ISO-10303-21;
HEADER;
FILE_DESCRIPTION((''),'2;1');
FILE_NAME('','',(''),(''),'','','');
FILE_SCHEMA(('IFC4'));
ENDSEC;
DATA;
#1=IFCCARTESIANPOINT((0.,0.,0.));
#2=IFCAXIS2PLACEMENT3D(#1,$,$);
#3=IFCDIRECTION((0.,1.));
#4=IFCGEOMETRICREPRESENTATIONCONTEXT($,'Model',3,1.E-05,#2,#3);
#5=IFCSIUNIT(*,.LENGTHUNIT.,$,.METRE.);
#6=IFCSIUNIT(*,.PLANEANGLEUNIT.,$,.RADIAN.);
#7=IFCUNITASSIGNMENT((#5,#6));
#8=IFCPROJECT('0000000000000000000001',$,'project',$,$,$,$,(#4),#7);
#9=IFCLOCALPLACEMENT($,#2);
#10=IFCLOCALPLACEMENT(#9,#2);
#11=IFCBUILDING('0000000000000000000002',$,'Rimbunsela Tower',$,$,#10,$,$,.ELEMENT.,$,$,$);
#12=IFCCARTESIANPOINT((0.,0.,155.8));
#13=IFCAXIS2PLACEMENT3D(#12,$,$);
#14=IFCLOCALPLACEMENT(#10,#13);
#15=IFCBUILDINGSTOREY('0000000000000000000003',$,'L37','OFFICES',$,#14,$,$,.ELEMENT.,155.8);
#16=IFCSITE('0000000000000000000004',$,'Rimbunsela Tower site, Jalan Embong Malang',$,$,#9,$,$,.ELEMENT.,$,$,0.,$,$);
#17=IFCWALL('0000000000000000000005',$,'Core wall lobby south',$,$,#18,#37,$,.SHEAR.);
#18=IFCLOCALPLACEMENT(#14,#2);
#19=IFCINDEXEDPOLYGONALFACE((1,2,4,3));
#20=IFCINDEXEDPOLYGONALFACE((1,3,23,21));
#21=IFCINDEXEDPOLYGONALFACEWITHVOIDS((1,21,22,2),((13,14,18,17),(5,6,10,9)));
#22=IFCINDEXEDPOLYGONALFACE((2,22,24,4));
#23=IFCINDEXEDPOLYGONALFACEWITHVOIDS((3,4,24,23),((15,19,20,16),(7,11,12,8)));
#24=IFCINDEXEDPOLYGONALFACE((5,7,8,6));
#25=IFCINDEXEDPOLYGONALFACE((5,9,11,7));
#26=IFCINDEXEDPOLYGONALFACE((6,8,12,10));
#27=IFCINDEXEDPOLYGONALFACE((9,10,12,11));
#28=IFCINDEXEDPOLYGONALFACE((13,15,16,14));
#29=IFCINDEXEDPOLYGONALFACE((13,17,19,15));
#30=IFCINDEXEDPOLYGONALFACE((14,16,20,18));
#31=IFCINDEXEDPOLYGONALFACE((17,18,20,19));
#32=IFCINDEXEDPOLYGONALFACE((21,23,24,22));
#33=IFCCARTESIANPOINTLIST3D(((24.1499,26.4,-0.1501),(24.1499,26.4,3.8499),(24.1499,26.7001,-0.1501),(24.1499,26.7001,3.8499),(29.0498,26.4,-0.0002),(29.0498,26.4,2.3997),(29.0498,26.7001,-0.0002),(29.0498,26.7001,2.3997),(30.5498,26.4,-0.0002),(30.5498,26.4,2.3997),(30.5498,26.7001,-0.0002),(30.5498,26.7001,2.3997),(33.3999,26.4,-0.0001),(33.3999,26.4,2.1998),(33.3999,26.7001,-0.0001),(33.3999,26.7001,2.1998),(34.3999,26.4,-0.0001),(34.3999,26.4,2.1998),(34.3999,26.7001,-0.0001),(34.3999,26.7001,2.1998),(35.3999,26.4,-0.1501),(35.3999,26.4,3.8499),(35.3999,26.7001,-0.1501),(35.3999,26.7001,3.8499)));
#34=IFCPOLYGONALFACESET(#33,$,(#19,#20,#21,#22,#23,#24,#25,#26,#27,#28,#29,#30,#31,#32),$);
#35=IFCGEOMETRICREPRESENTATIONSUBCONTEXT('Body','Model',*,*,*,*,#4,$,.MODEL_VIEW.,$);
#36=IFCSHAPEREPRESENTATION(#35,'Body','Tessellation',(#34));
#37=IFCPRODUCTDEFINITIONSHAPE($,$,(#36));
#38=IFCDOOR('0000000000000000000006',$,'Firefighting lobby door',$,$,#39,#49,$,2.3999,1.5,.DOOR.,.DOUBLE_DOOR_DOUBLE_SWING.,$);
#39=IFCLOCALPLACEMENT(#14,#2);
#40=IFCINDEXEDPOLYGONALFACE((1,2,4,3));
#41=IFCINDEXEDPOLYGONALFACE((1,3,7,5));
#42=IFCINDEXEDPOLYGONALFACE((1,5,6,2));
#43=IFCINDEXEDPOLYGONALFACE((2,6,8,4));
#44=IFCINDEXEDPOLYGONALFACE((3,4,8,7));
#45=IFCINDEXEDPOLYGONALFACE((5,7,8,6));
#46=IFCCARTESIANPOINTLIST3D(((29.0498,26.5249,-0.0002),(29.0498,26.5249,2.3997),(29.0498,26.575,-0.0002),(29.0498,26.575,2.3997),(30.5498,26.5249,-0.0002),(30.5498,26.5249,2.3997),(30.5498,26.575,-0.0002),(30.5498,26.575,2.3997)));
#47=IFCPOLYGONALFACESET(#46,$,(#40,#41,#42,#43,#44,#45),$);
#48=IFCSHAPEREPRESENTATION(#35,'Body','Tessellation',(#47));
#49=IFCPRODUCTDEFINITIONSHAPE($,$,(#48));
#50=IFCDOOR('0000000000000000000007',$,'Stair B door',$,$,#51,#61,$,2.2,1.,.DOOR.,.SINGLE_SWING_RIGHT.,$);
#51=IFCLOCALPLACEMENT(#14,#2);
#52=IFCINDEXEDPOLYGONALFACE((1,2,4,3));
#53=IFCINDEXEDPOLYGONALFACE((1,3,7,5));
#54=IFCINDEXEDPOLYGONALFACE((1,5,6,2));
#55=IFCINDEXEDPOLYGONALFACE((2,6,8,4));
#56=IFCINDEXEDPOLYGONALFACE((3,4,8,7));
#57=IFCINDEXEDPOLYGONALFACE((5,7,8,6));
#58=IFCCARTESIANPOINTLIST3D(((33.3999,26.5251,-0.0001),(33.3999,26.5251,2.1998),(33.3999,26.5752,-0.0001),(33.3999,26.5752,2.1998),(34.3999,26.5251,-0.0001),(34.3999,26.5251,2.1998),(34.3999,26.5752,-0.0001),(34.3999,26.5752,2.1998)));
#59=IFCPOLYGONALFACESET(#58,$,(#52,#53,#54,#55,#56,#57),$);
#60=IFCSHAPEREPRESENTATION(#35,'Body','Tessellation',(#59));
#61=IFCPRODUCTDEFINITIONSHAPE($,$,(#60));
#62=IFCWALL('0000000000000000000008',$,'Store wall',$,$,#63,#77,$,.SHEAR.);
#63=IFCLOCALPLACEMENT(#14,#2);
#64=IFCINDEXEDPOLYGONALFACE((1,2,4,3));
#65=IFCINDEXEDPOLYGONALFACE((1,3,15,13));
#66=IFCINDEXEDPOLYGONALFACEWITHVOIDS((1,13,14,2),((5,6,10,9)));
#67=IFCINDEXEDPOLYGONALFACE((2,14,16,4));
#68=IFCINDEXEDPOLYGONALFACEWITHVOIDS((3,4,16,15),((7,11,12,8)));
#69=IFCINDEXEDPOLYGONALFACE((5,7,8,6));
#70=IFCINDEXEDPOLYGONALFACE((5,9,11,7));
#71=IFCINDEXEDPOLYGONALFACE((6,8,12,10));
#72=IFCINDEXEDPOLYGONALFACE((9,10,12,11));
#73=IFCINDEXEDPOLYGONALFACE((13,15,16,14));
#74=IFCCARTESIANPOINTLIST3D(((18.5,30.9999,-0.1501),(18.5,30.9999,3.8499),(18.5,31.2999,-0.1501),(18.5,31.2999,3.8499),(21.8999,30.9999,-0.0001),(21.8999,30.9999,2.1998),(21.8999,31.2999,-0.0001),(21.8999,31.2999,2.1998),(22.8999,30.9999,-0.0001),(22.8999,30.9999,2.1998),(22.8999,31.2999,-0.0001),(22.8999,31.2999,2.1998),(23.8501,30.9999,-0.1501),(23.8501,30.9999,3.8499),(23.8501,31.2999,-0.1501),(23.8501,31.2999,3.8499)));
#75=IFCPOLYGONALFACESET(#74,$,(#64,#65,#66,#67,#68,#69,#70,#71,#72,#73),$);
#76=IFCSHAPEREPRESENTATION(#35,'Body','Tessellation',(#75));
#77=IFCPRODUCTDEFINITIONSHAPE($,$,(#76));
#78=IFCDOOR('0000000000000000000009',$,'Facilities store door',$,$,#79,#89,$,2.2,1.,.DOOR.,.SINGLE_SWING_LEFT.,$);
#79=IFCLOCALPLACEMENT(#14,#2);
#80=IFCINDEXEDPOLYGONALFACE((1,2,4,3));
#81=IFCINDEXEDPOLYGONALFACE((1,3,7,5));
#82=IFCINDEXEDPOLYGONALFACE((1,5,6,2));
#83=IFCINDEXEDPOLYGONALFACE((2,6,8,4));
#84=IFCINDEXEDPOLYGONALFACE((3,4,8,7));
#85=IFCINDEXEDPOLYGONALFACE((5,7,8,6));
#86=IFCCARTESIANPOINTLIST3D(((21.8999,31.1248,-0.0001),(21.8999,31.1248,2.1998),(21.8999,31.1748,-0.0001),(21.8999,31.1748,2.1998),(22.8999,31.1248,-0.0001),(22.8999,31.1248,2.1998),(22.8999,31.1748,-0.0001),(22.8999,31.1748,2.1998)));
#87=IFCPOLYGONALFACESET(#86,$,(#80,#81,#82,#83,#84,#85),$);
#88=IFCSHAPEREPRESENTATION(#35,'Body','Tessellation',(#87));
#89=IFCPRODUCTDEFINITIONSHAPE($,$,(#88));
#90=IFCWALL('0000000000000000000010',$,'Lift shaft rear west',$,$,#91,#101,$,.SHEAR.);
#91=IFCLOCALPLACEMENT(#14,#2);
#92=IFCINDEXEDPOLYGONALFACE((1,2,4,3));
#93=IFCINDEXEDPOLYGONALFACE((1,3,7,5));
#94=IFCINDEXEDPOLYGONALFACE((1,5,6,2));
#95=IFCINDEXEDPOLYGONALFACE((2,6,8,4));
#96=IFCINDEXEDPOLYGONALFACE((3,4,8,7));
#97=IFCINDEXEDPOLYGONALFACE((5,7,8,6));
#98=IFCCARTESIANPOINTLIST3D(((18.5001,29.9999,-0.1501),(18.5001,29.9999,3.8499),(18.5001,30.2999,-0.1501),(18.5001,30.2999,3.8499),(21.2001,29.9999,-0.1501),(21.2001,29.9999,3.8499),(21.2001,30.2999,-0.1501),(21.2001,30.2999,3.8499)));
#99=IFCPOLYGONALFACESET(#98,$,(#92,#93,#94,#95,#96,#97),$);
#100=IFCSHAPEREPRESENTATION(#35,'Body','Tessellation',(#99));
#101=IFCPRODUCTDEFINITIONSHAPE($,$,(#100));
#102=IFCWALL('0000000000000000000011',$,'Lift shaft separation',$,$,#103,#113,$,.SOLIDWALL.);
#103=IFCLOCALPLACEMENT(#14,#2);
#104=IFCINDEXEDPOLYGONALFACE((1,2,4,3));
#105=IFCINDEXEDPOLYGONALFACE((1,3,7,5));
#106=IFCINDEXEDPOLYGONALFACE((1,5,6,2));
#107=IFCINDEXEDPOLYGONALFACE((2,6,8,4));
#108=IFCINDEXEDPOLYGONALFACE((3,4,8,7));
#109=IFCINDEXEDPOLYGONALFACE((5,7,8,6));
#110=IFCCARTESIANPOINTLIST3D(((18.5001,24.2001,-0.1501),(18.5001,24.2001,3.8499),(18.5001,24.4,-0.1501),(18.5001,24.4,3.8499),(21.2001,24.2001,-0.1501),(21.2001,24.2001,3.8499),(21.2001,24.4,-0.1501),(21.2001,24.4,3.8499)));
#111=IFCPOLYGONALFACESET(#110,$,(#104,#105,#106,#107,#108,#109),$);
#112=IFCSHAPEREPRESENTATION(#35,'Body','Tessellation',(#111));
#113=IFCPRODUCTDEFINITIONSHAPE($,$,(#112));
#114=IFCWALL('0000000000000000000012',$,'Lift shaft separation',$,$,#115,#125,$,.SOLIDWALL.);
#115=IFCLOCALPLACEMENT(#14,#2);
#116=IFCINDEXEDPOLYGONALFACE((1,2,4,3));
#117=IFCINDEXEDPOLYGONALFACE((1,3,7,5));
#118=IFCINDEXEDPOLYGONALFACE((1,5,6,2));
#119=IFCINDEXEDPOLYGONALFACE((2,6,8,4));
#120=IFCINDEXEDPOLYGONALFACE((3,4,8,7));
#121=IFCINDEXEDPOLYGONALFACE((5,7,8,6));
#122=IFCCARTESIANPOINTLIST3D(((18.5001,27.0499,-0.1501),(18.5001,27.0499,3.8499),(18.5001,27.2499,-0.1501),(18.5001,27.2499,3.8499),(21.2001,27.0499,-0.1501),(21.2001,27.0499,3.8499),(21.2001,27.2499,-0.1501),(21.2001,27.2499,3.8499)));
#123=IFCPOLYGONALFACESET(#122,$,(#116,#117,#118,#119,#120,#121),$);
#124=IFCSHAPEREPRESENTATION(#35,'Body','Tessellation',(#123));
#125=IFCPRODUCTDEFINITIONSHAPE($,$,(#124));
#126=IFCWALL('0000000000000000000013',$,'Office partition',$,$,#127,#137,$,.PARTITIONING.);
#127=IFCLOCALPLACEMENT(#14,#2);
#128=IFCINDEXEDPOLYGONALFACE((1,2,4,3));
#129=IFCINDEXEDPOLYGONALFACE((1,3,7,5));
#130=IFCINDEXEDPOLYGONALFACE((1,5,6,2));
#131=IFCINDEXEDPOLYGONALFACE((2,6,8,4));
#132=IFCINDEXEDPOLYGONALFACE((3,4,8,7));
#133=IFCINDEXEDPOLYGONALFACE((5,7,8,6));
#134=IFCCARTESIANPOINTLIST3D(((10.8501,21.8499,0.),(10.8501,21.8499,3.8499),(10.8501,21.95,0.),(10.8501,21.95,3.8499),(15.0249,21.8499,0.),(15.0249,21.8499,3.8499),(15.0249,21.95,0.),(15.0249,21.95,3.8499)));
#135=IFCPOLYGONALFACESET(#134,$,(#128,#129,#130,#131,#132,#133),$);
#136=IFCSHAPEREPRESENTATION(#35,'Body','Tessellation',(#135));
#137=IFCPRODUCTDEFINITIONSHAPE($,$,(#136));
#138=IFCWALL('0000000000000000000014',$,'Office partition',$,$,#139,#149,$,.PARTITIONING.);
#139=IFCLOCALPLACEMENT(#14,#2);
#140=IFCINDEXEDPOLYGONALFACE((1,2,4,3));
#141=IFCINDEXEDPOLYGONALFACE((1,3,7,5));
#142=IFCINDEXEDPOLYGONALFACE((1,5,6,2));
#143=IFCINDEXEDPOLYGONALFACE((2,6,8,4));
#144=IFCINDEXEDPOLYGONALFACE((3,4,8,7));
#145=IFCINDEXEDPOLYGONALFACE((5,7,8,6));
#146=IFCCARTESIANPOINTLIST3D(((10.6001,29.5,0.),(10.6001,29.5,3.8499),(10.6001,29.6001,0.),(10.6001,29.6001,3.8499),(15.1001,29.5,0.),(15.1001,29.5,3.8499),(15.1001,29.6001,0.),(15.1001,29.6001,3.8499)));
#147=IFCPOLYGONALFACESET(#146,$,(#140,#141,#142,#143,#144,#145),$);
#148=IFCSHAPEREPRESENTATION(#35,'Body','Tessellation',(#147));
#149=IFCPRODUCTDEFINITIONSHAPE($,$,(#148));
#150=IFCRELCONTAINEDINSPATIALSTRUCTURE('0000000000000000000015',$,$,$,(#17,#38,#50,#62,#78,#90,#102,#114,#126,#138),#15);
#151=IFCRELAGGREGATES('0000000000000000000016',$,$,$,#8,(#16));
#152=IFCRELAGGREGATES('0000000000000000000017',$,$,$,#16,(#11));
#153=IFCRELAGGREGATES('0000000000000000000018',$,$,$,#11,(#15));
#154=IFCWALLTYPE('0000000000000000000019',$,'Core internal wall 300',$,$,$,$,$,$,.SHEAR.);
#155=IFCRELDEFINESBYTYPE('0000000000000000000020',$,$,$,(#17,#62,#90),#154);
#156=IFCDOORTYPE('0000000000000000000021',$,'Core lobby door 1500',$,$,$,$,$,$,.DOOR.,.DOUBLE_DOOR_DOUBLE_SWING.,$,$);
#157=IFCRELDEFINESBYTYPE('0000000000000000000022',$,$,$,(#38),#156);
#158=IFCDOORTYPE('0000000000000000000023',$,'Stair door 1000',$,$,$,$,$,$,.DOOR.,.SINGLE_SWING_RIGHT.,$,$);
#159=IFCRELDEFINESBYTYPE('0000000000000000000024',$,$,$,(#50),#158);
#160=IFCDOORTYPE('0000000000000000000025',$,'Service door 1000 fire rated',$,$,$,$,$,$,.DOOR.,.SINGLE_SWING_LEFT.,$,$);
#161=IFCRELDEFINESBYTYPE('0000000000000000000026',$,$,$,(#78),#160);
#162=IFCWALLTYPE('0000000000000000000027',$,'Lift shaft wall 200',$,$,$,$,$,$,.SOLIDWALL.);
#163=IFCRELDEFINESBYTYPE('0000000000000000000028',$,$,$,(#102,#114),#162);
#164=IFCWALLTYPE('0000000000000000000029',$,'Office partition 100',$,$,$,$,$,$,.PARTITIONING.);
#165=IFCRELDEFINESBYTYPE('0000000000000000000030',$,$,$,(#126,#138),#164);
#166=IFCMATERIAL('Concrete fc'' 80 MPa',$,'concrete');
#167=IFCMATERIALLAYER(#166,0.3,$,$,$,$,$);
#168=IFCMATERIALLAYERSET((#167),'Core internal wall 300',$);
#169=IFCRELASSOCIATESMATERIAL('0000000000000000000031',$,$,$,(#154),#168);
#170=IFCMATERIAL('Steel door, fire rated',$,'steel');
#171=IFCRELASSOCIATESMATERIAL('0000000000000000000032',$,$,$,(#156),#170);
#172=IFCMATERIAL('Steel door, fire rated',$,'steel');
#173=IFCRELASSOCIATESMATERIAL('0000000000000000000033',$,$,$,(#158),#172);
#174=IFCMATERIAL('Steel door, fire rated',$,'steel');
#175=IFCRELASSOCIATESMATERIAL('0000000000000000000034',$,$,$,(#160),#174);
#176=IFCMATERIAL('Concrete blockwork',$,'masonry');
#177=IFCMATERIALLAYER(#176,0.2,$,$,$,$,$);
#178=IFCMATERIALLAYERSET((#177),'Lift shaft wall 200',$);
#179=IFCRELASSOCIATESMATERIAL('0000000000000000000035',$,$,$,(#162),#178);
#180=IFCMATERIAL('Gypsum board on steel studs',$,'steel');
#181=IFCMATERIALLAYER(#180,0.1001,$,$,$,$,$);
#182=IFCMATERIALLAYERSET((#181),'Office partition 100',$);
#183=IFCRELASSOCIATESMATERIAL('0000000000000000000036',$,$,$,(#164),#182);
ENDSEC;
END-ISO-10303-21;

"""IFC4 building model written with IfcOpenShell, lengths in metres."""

from ifc_helpers import new_model, si_unit, direction, frame, frame_2d, origin, place, context, subcontext, project, spatial, rectangle, extrude, material, layer, layer_set, type_object, element, fill, save


model = new_model("IFC4")

# Units and contexts
model_context = context("Model", 3, precision=1e-05, world=origin(), true_north=direction((0.0, 1.0)))
body_context = subcontext(model_context, "Body", "Model", "MODEL_VIEW")
ifc_project = project(units=[si_unit("LENGTHUNIT", "METRE"), si_unit("PLANEANGLEUNIT", "RADIAN")], contexts=[model_context])

# Site, building, storey
site_placement = place(None, origin())
site = spatial("IfcSite", under=ifc_project, at=site_placement, Name="Rimbunsela Tower site, Jalan Embong Malang", CompositionType="ELEMENT", RefElevation=0.0)
building_placement = place(site_placement, origin())
building = spatial("IfcBuilding", under=site, at=building_placement, Name="Rimbunsela Tower", CompositionType="ELEMENT")
storey_placement = place(building_placement, frame((0.0, 0.0, 155.8)))
storey = spatial("IfcBuildingStorey", under=building, at=storey_placement, Name="L37", Description="OFFICES", CompositionType="ELEMENT", Elevation=155.8)

# Wall, openings, doors
ifc_material_1 = material(Name="Concrete fc' 80 MPa", Category="concrete")
ifc_layer_1 = layer(ifc_material_1, 0.3)
ifc_layer_set_1 = layer_set([ifc_layer_1], Name="Core internal wall 300")
wall_type_1 = type_object("IfcWallType", Name="Core internal wall 300", PredefinedType="SHEAR", material=ifc_layer_set_1)
wall_1_placement = place(storey_placement, frame((24.1499, 26.55, -0.1501), z_axis=(0.0, 0.0, 1.0), x_axis=(1.0, 0.0, 0.0)))
wall_1 = element("IfcWall", 1, at=wall_1_placement, inside=storey, type_object=wall_type_1, Name="Core wall lobby south", PredefinedType="SHEAR", context=body_context, shape_type="SweptSolid", body=[
    extrude(rectangle(XDim=11.25, YDim=0.3, at=frame_2d((5.625, 0.0))), origin(), (0.0, 0.0, 1.0), 4.0),
])
opening_1_placement = place(wall_1_placement, frame((9.25, 0.0, 0.1499)))
opening_1 = element("IfcOpeningElement", 2, at=opening_1_placement, cuts=wall_1, PredefinedType="OPENING", context=body_context, shape_type="SweptSolid", body=[
    extrude(rectangle(XDim=1.0, YDim=2.2, at=frame_2d((0.5, 1.1001))), frame((0.0, 0.1599, 0.0), z_axis=(0.0, -1.0, 0.0), x_axis=(1.0, 0.0, 0.0)), (0.0, 0.0, 1.0), 0.3201),
])
opening_2_placement = place(wall_1_placement, frame((4.8999, 0.0, 0.1499)))
opening_2 = element("IfcOpeningElement", 3, at=opening_2_placement, cuts=wall_1, PredefinedType="OPENING", context=body_context, shape_type="SweptSolid", body=[
    extrude(rectangle(XDim=1.5, YDim=2.3999, at=frame_2d((0.75, 1.2))), frame((0.0, 0.1599, 0.0), z_axis=(0.0, -1.0, 0.0), x_axis=(1.0, 0.0, 0.0)), (0.0, 0.0, 1.0), 0.3201),
])
ifc_material_2 = material(Name="Steel door, fire rated", Category="steel")
door_type_1 = type_object("IfcDoorType", Name="Core lobby door 1500", OperationType="DOUBLE_DOOR_DOUBLE_SWING", PredefinedType="DOOR", material=ifc_material_2)
door_1_placement = place(opening_2_placement, origin())
door_1 = element("IfcDoor", 4, at=door_1_placement, inside=storey, type_object=door_type_1, Name="Firefighting lobby door", OperationType="DOUBLE_DOOR_DOUBLE_SWING", OverallHeight=2.3999, OverallWidth=1.5, PredefinedType="DOOR", context=body_context, shape_type="SweptSolid", body=[
    extrude(rectangle(XDim=1.5, YDim=2.3999, at=frame_2d((0.75, 1.2))), frame((0.0, 0.0249, 0.0), z_axis=(0.0, -1.0, 0.0), x_axis=(1.0, 0.0, 0.0)), (0.0, 0.0, 1.0), 0.05),
])
fill(opening_2, door_1)
ifc_material_3 = material(Name="Steel door, fire rated", Category="steel")
door_type_2 = type_object("IfcDoorType", Name="Stair door 1000", OperationType="SINGLE_SWING_RIGHT", PredefinedType="DOOR", material=ifc_material_3)
door_2_placement = place(opening_1_placement, frame((1.0, 0.0, 0.0), z_axis=(0.0, 0.0, 1.0), x_axis=(-1.0, 0.0, 0.0)))
door_2 = element("IfcDoor", 5, at=door_2_placement, inside=storey, type_object=door_type_2, Name="Stair B door", OperationType="SINGLE_SWING_RIGHT", OverallHeight=2.2, OverallWidth=1.0, PredefinedType="DOOR", context=body_context, shape_type="SweptSolid", body=[
    extrude(rectangle(XDim=1.0, YDim=2.2, at=frame_2d((0.5, 1.1001))), frame((0.0, 0.0249, 0.0), z_axis=(0.0, -1.0, 0.0), x_axis=(1.0, 0.0, 0.0)), (0.0, 0.0, 1.0), 0.05),
])
fill(opening_1, door_2)

# Wall, opening, door
wall_2_placement = place(storey_placement, frame((18.5, 31.1499, -0.1501), z_axis=(0.0, 0.0, 1.0), x_axis=(1.0, 0.0, 0.0)))
wall_2 = element("IfcWall", 6, at=wall_2_placement, inside=storey, type_object=wall_type_1, Name="Store wall", PredefinedType="SHEAR", context=body_context, shape_type="SweptSolid", body=[
    extrude(rectangle(XDim=5.3501, YDim=0.3, at=frame_2d((2.675, 0.0))), origin(), (0.0, 0.0, 1.0), 4.0),
])
opening_3_placement = place(wall_2_placement, frame((3.3999, 0.0, 0.1499)))
opening_3 = element("IfcOpeningElement", 7, at=opening_3_placement, cuts=wall_2, PredefinedType="OPENING", context=body_context, shape_type="SweptSolid", body=[
    extrude(rectangle(XDim=1.0, YDim=2.2, at=frame_2d((0.5, 1.1001))), frame((0.0, 0.1599, 0.0), z_axis=(0.0, -1.0, 0.0), x_axis=(1.0, 0.0, 0.0)), (0.0, 0.0, 1.0), 0.3201),
])
ifc_material_4 = material(Name="Steel door, fire rated", Category="steel")
door_type_3 = type_object("IfcDoorType", Name="Service door 1000 fire rated", OperationType="SINGLE_SWING_LEFT", PredefinedType="DOOR", material=ifc_material_4)
door_3_placement = place(opening_3_placement, origin())
door_3 = element("IfcDoor", 8, at=door_3_placement, inside=storey, type_object=door_type_3, Name="Facilities store door", OperationType="SINGLE_SWING_LEFT", OverallHeight=2.2, OverallWidth=1.0, PredefinedType="DOOR", context=body_context, shape_type="SweptSolid", body=[
    extrude(rectangle(XDim=1.0, YDim=2.2, at=frame_2d((0.5, 1.1001))), frame((0.0, 0.0249, 0.0), z_axis=(0.0, -1.0, 0.0), x_axis=(1.0, 0.0, 0.0)), (0.0, 0.0, 1.0), 0.05),
])
fill(opening_3, door_3)

# Walls
wall_3_placement = place(storey_placement, frame((18.5, 30.1499, -0.1501), z_axis=(0.0, 0.0, 1.0), x_axis=(1.0, 0.0, 0.0)))
element("IfcWall", 9, at=wall_3_placement, inside=storey, type_object=wall_type_1, Name="Lift shaft rear west", PredefinedType="SHEAR", context=body_context, shape_type="SweptSolid", body=[
    extrude(rectangle(XDim=2.7, YDim=0.3, at=frame_2d((1.3501, 0.0))), origin(), (0.0, 0.0, 1.0), 4.0),
])
ifc_material_5 = material(Name="Concrete blockwork", Category="masonry")
ifc_layer_2 = layer(ifc_material_5, 0.2)
ifc_layer_set_2 = layer_set([ifc_layer_2], Name="Lift shaft wall 200")
wall_type_2 = type_object("IfcWallType", Name="Lift shaft wall 200", PredefinedType="SOLIDWALL", material=ifc_layer_set_2)
for number, where, z_axis, x_axis, name in (
    (10, (18.5, 24.3, -0.1501), (0.0, 0.0, 1.0), (1.0, 0.0, 0.0), "Lift shaft separation"),
    (11, (18.5, 27.1499, -0.1501), (0.0, 0.0, 1.0), (1.0, 0.0, 0.0), "Lift shaft separation"),
):
    element("IfcWall", number, at=place(storey_placement, frame(where, z_axis=z_axis, x_axis=x_axis)), inside=storey, type_object=wall_type_2, Name=name, PredefinedType="SOLIDWALL", context=body_context, shape_type="SweptSolid", body=[
        extrude(rectangle(XDim=2.7, YDim=0.2, at=frame_2d((1.3501, 0.0))), origin(), (0.0, 0.0, 1.0), 4.0),
    ])
ifc_material_6 = material(Name="Gypsum board on steel studs", Category="steel")
ifc_layer_3 = layer(ifc_material_6, 0.1001)
ifc_layer_set_3 = layer_set([ifc_layer_3], Name="Office partition 100")
wall_type_3 = type_object("IfcWallType", Name="Office partition 100", PredefinedType="PARTITIONING", material=ifc_layer_set_3)
wall_4_placement = place(storey_placement, frame((10.8501, 21.8999, 0.0), z_axis=(0.0, 0.0, 1.0), x_axis=(1.0, 0.0, 0.0)))
element("IfcWall", 12, at=wall_4_placement, inside=storey, type_object=wall_type_3, Name="Office partition", PredefinedType="PARTITIONING", context=body_context, shape_type="SweptSolid", body=[
    extrude(rectangle(XDim=4.1748, YDim=0.1001, at=frame_2d((2.0874, 0.0))), origin(), (0.0, 0.0, 1.0), 3.8499),
])
wall_5_placement = place(storey_placement, frame((15.1001, 29.55, 0.0), z_axis=(0.0, 0.0, 1.0), x_axis=(-1.0, 0.0, 0.0)))
element("IfcWall", 13, at=wall_5_placement, inside=storey, type_object=wall_type_3, Name="Office partition", PredefinedType="PARTITIONING", context=body_context, shape_type="SweptSolid", body=[
    extrude(rectangle(XDim=4.5, YDim=0.1001, at=frame_2d((2.25, 0.0))), origin(), (0.0, 0.0, 1.0), 3.8499),
])

save(model, "model.ifc")
